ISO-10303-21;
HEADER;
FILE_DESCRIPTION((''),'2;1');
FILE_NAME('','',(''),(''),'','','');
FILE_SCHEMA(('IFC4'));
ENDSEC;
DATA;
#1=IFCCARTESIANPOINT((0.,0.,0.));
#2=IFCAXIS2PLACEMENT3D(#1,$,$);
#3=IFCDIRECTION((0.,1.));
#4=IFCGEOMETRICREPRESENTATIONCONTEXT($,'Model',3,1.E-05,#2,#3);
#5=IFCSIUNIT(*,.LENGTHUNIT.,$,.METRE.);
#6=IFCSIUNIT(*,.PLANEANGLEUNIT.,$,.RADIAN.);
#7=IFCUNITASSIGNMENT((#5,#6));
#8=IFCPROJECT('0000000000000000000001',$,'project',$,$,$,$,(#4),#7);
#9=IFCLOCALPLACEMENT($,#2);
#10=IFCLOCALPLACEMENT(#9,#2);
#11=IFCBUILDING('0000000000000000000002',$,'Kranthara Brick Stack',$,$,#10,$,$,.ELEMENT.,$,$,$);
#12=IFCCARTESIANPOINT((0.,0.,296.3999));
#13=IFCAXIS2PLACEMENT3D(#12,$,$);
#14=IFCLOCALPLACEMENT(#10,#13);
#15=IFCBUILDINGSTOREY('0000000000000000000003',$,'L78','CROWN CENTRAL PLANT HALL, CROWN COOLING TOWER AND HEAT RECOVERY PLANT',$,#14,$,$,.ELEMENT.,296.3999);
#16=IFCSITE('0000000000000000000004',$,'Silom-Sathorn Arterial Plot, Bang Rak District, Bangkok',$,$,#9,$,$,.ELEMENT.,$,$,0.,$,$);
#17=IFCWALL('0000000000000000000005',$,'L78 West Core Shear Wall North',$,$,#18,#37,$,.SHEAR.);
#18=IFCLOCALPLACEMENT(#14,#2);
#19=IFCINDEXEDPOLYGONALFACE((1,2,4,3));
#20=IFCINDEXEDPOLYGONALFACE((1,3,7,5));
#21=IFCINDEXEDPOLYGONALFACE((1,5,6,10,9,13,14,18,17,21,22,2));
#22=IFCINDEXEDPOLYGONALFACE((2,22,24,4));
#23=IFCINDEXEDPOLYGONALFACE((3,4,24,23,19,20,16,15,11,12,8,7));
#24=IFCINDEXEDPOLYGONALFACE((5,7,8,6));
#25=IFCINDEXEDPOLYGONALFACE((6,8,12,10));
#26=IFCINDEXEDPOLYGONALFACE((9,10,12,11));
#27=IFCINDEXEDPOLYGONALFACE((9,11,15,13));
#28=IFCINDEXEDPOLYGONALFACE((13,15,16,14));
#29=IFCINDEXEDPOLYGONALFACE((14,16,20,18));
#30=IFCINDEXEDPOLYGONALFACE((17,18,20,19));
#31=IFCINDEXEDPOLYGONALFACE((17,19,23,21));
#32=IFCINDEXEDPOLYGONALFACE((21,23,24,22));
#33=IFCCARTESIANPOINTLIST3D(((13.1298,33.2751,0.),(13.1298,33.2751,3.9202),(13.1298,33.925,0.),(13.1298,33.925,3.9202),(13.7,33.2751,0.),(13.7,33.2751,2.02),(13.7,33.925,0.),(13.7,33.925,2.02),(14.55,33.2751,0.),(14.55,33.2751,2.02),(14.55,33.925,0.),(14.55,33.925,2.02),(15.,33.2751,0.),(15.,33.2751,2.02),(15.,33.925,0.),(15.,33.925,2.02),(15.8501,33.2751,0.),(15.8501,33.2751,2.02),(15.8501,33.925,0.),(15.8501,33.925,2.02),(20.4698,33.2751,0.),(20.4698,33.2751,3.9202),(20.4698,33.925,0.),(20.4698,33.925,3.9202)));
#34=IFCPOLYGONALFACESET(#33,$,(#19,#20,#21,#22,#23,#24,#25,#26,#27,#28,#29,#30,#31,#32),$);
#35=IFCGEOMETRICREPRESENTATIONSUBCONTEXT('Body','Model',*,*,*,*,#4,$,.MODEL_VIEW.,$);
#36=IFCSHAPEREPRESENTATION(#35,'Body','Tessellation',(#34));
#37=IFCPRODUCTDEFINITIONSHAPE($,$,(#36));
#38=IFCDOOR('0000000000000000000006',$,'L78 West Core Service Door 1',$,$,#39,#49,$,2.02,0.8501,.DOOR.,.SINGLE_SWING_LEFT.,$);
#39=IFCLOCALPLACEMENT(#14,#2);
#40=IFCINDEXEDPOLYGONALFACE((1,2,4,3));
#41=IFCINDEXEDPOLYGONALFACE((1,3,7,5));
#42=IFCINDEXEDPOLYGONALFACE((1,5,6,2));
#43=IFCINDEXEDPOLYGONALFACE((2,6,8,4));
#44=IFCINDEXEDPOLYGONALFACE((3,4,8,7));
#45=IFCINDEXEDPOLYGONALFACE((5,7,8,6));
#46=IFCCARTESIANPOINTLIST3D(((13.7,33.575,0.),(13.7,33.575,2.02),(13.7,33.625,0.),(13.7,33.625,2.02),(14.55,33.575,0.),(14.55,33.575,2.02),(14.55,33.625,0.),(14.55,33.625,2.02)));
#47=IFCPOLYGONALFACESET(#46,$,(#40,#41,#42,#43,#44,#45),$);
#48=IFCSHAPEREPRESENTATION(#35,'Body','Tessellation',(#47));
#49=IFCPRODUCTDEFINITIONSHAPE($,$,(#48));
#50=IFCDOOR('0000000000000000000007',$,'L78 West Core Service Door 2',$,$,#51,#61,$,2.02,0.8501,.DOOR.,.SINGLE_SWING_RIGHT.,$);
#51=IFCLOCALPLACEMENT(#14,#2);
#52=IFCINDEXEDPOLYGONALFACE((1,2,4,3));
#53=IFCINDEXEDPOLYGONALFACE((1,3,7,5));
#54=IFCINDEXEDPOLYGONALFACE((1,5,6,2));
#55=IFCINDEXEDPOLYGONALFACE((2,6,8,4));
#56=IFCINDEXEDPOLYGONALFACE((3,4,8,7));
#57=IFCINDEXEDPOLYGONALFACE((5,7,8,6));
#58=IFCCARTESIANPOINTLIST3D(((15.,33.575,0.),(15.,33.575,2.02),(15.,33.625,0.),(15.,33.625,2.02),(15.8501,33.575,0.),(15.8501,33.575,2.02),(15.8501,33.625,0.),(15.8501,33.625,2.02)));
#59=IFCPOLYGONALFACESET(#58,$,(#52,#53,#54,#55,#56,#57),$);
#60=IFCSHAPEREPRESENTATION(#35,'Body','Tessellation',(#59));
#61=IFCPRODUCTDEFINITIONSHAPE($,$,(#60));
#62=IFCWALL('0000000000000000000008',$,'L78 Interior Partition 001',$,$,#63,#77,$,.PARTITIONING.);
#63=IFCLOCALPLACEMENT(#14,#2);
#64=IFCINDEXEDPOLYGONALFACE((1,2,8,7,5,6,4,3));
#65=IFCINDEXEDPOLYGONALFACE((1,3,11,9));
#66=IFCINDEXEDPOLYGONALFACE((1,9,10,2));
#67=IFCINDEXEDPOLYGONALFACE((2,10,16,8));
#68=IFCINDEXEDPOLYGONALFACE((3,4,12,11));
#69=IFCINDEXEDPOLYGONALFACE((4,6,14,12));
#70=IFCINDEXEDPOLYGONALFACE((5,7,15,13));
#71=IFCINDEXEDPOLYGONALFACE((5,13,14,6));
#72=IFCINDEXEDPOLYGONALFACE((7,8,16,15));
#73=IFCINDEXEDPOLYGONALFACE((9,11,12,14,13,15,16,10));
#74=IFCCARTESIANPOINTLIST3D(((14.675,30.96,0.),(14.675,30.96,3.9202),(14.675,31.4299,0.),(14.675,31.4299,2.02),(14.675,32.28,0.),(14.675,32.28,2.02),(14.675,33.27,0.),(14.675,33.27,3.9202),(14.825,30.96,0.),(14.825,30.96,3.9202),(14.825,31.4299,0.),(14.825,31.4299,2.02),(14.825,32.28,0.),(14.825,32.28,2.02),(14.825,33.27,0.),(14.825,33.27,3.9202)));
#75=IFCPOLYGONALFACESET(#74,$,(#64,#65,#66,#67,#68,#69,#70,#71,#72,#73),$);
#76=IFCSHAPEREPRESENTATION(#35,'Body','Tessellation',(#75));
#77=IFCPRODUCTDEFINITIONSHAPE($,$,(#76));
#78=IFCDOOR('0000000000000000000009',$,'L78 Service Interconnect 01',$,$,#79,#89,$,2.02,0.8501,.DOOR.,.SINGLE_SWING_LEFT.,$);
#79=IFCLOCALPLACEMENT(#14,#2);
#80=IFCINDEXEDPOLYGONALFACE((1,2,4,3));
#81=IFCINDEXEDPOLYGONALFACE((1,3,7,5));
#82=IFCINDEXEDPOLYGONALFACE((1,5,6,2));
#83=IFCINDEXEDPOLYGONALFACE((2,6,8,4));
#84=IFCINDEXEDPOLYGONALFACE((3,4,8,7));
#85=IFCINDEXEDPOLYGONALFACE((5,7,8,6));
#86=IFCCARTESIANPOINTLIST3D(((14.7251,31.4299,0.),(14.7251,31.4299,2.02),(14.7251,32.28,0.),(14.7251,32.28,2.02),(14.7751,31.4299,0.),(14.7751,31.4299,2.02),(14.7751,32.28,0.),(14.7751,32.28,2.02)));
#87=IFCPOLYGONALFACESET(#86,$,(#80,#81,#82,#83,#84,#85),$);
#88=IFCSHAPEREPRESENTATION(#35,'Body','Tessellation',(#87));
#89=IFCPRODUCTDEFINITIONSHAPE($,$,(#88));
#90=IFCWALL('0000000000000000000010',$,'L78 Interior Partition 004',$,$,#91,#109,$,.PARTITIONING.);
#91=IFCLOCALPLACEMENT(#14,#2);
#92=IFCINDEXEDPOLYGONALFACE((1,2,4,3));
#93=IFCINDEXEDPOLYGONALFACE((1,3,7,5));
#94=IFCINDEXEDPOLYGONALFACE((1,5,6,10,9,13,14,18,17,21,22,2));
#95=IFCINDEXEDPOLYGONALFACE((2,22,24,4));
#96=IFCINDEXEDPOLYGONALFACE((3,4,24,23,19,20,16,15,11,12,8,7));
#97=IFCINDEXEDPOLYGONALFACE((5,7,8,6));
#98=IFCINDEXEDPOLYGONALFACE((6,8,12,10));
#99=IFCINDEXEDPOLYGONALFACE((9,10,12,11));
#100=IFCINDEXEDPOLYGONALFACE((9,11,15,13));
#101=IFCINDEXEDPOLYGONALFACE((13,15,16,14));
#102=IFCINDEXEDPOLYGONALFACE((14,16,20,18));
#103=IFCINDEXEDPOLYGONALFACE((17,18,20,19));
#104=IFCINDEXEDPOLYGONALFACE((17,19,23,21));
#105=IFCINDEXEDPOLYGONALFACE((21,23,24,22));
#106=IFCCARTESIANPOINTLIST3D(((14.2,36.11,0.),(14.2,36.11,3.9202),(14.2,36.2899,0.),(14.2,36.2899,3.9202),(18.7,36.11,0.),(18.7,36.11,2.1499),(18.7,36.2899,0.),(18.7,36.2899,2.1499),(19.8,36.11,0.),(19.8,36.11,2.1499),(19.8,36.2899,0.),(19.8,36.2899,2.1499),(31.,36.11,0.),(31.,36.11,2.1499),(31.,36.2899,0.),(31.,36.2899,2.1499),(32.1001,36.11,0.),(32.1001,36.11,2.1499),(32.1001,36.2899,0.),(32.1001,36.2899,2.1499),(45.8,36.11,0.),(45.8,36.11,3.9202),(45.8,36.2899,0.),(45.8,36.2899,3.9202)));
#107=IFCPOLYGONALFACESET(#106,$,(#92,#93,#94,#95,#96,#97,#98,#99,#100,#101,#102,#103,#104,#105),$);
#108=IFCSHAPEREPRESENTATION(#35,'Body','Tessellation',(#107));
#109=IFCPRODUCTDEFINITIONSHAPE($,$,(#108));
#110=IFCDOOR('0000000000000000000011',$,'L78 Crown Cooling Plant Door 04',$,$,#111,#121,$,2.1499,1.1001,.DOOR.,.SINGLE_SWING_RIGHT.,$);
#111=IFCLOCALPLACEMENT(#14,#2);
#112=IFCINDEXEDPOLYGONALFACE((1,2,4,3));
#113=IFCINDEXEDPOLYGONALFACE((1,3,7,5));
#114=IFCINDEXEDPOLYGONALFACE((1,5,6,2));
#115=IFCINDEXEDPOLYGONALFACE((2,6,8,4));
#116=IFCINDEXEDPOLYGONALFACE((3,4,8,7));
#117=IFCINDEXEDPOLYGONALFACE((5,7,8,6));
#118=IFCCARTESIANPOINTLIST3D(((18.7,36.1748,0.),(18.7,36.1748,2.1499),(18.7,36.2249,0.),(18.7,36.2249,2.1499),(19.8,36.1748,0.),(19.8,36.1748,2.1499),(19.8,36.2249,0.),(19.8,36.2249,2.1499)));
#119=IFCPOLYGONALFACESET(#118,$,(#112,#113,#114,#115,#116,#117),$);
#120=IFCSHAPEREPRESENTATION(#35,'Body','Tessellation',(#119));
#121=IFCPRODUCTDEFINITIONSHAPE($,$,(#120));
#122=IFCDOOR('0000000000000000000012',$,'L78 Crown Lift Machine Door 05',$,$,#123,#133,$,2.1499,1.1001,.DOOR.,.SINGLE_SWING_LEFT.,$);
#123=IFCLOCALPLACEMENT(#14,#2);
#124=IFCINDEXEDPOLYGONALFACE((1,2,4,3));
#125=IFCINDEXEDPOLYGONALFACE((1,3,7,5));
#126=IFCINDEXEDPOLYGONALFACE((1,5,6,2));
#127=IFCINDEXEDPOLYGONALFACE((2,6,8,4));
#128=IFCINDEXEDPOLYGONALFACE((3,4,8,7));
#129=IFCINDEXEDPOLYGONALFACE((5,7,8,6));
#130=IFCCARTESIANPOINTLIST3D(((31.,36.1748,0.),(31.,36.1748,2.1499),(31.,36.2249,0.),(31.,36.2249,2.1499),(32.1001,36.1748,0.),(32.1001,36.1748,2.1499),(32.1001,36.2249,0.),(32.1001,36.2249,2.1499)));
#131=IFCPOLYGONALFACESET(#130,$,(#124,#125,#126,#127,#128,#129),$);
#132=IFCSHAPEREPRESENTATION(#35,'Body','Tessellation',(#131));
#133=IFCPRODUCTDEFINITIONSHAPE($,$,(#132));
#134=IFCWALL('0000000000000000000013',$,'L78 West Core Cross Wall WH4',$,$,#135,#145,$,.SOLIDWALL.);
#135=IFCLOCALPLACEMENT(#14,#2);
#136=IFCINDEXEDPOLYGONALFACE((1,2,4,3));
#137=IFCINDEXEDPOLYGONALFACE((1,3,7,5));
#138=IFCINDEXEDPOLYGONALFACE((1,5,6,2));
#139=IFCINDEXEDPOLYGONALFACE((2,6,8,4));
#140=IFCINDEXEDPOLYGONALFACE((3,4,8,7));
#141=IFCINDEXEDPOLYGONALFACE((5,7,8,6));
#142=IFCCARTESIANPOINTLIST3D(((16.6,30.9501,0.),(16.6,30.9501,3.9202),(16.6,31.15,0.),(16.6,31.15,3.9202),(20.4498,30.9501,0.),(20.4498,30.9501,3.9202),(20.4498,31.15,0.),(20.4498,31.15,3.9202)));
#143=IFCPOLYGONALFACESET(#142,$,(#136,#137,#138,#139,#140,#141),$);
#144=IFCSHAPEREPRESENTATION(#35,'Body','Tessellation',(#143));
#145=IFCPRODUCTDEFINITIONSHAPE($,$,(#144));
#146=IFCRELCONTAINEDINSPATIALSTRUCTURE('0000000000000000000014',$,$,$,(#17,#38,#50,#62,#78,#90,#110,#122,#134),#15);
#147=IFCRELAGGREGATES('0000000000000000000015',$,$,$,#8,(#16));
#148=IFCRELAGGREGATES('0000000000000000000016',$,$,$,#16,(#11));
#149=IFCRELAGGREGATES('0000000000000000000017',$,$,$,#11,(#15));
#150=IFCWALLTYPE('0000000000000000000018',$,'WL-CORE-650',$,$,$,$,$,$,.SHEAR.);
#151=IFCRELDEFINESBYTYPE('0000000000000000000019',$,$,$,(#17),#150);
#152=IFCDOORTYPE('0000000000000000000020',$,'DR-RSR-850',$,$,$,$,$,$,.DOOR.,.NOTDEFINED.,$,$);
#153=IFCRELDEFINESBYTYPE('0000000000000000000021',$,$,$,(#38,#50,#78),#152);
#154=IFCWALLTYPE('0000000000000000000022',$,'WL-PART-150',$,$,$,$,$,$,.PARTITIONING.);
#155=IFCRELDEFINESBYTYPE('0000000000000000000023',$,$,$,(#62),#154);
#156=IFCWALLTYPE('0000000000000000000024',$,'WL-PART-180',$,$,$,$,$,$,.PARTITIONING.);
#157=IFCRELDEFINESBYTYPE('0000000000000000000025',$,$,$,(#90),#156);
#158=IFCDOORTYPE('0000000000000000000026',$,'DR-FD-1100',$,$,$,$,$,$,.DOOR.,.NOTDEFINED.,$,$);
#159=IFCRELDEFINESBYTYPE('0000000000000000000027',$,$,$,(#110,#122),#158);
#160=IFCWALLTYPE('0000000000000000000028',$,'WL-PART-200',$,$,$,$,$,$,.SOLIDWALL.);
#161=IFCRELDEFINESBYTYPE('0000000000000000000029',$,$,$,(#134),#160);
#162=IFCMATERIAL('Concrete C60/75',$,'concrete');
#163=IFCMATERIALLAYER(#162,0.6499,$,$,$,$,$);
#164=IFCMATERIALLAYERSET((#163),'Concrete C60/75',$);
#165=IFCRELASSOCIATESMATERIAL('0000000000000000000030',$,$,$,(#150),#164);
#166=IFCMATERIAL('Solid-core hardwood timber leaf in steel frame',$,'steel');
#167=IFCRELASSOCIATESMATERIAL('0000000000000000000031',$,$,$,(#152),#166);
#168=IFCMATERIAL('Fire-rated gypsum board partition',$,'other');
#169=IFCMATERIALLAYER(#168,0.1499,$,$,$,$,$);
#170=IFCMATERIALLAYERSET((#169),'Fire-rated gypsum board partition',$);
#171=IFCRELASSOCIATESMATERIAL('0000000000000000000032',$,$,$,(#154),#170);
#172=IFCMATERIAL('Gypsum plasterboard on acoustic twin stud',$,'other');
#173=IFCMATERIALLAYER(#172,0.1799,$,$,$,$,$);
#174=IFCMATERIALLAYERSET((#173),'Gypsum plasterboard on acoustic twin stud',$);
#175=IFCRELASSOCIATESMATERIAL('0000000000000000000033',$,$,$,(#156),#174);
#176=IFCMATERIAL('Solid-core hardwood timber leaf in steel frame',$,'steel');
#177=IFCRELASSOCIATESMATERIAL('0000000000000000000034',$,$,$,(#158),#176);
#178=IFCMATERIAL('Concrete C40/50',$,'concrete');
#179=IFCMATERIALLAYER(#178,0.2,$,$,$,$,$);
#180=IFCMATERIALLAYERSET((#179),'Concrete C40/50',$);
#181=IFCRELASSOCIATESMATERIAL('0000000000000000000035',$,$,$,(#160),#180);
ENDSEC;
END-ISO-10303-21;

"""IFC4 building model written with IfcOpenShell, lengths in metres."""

from ifc_helpers import new_model, si_unit, direction, frame, frame_2d, origin, place, context, subcontext, project, spatial, rectangle, extrude, material, layer, layer_set, type_object, element, fill, save


model = new_model("IFC4")

# Units and contexts
model_context = context("Model", 3, precision=1e-05, world=origin(), true_north=direction((0.0, 1.0)))
body_context = subcontext(model_context, "Body", "Model", "MODEL_VIEW")
ifc_project = project(units=[si_unit("LENGTHUNIT", "METRE"), si_unit("PLANEANGLEUNIT", "RADIAN")], contexts=[model_context])

# Site, building, storey
site_placement = place(None, origin())
site = spatial("IfcSite", under=ifc_project, at=site_placement, Name="Silom-Sathorn Arterial Plot, Bang Rak District, Bangkok", CompositionType="ELEMENT", RefElevation=0.0)
building_placement = place(site_placement, origin())
building = spatial("IfcBuilding", under=site, at=building_placement, Name="Kranthara Brick Stack", CompositionType="ELEMENT")
storey_placement = place(building_placement, frame((0.0, 0.0, 296.3999)))
storey = spatial("IfcBuildingStorey", under=building, at=storey_placement, Name="L78", Description="CROWN CENTRAL PLANT HALL, CROWN COOLING TOWER AND HEAT RECOVERY PLANT", CompositionType="ELEMENT", Elevation=296.3999)

# Wall, openings, doors
ifc_material_1 = material(Name="Concrete C60/75", Category="concrete")
ifc_layer_1 = layer(ifc_material_1, 0.6499)
ifc_layer_set_1 = layer_set([ifc_layer_1], Name="Concrete C60/75")
wall_type_1 = type_object("IfcWallType", Name="WL-CORE-650", PredefinedType="SHEAR", material=ifc_layer_set_1)
wall_1_placement = place(storey_placement, frame((13.1299, 33.6001, 0.0), z_axis=(0.0, 0.0, 1.0), x_axis=(1.0, 0.0, 0.0)))
wall_1 = element("IfcWall", 1, at=wall_1_placement, inside=storey, type_object=wall_type_1, Name="L78 West Core Shear Wall North", PredefinedType="SHEAR", context=body_context, shape_type="SweptSolid", body=[
    extrude(rectangle(XDim=7.3401, YDim=0.6499, at=frame_2d((3.6699, 0.0))), origin(), (0.0, 0.0, 1.0), 3.9202),
])
opening_1_placement = place(wall_1_placement, frame((0.5701, 0.0, 0.0)))
opening_1 = element("IfcOpeningElement", 2, at=opening_1_placement, cuts=wall_1, PredefinedType="OPENING", context=body_context, shape_type="SweptSolid", body=[
    extrude(rectangle(XDim=0.8501, YDim=2.02, at=frame_2d((0.425, 1.01))), frame((0.0, 0.335, 0.0), z_axis=(0.0, -1.0, 0.0), x_axis=(1.0, 0.0, 0.0)), (0.0, 0.0, 1.0), 0.6699),
])
opening_2_placement = place(wall_1_placement, frame((1.8701, 0.0, 0.0)))
opening_2 = element("IfcOpeningElement", 3, at=opening_2_placement, cuts=wall_1, PredefinedType="OPENING", context=body_context, shape_type="SweptSolid", body=[
    extrude(rectangle(XDim=0.8501, YDim=2.02, at=frame_2d((0.425, 1.01))), frame((0.0, 0.335, 0.0), z_axis=(0.0, -1.0, 0.0), x_axis=(1.0, 0.0, 0.0)), (0.0, 0.0, 1.0), 0.6699),
])
ifc_material_2 = material(Name="Solid-core hardwood timber leaf in steel frame", Category="steel")
door_type_1 = type_object("IfcDoorType", Name="DR-RSR-850", OperationType="NOTDEFINED", PredefinedType="DOOR", material=ifc_material_2)
door_1_placement = place(opening_1_placement, origin())
door_1 = element("IfcDoor", 4, at=door_1_placement, inside=storey, type_object=door_type_1, Name="L78 West Core Service Door 1", OperationType="SINGLE_SWING_LEFT", OverallHeight=2.02, OverallWidth=0.8501, PredefinedType="DOOR", context=body_context, shape_type="SweptSolid", body=[
    extrude(rectangle(XDim=0.8501, YDim=2.02, at=frame_2d((0.425, 1.01))), frame((0.0, 0.0249, 0.0), z_axis=(0.0, -1.0, 0.0), x_axis=(1.0, 0.0, 0.0)), (0.0, 0.0, 1.0), 0.05),
])
fill(opening_1, door_1)
door_2_placement = place(opening_2_placement, origin())
door_2 = element("IfcDoor", 5, at=door_2_placement, inside=storey, type_object=door_type_1, Name="L78 West Core Service Door 2", OperationType="SINGLE_SWING_RIGHT", OverallHeight=2.02, OverallWidth=0.8501, PredefinedType="DOOR", context=body_context, shape_type="SweptSolid", body=[
    extrude(rectangle(XDim=0.8501, YDim=2.02, at=frame_2d((0.425, 1.01))), frame((0.0, 0.0249, 0.0), z_axis=(0.0, -1.0, 0.0), x_axis=(1.0, 0.0, 0.0)), (0.0, 0.0, 1.0), 0.05),
])
fill(opening_2, door_2)

# Wall, opening, door
ifc_material_3 = material(Name="Fire-rated gypsum board partition", Category="other")
ifc_layer_2 = layer(ifc_material_3, 0.1499)
ifc_layer_set_2 = layer_set([ifc_layer_2], Name="Fire-rated gypsum board partition")
wall_type_2 = type_object("IfcWallType", Name="WL-PART-150", PredefinedType="PARTITIONING", material=ifc_layer_set_2)
wall_2_placement = place(storey_placement, frame((14.75, 30.96, 0.0), z_axis=(0.0, 0.0, 1.0), x_axis=(0.0, 1.0, 0.0)))
wall_2 = element("IfcWall", 6, at=wall_2_placement, inside=storey, type_object=wall_type_2, Name="L78 Interior Partition 001", PredefinedType="PARTITIONING", context=body_context, shape_type="SweptSolid", body=[
    extrude(rectangle(XDim=2.3101, YDim=0.1499, at=frame_2d((1.155, 0.0))), origin(), (0.0, 0.0, 1.0), 3.9202),
])
opening_3_placement = place(wall_2_placement, frame((0.47, 0.0, 0.0)))
opening_3 = element("IfcOpeningElement", 7, at=opening_3_placement, cuts=wall_2, PredefinedType="OPENING", context=body_context, shape_type="SweptSolid", body=[
    extrude(rectangle(XDim=0.8501, YDim=2.02, at=frame_2d((0.425, 1.01))), frame((0.0, 0.085, 0.0), z_axis=(0.0, -1.0, 0.0), x_axis=(1.0, 0.0, 0.0)), (0.0, 0.0, 1.0), 0.1699),
])
door_3_placement = place(opening_3_placement, origin())
door_3 = element("IfcDoor", 8, at=door_3_placement, inside=storey, type_object=door_type_1, Name="L78 Service Interconnect 01", OperationType="SINGLE_SWING_LEFT", OverallHeight=2.02, OverallWidth=0.8501, PredefinedType="DOOR", context=body_context, shape_type="SweptSolid", body=[
    extrude(rectangle(XDim=0.8501, YDim=2.02, at=frame_2d((0.425, 1.01))), frame((0.0, 0.0249, 0.0), z_axis=(0.0, -1.0, 0.0), x_axis=(1.0, 0.0, 0.0)), (0.0, 0.0, 1.0), 0.05),
])
fill(opening_3, door_3)

# Wall, openings, doors
ifc_material_4 = material(Name="Gypsum plasterboard on acoustic twin stud", Category="other")
ifc_layer_3 = layer(ifc_material_4, 0.1799)
ifc_layer_set_3 = layer_set([ifc_layer_3], Name="Gypsum plasterboard on acoustic twin stud")
wall_type_3 = type_object("IfcWallType", Name="WL-PART-180", PredefinedType="PARTITIONING", material=ifc_layer_set_3)
wall_3_placement = place(storey_placement, frame((14.2, 36.2, 0.0), z_axis=(0.0, 0.0, 1.0), x_axis=(1.0, 0.0, 0.0)))
wall_3 = element("IfcWall", 9, at=wall_3_placement, inside=storey, type_object=wall_type_3, Name="L78 Interior Partition 004", PredefinedType="PARTITIONING", context=body_context, shape_type="SweptSolid", body=[
    extrude(rectangle(XDim=31.6001, YDim=0.1799, at=frame_2d((15.8, 0.0))), origin(), (0.0, 0.0, 1.0), 3.9202),
])
opening_4_placement = place(wall_3_placement, frame((4.5, 0.0, 0.0)))
opening_4 = element("IfcOpeningElement", 10, at=opening_4_placement, cuts=wall_3, PredefinedType="OPENING", context=body_context, shape_type="SweptSolid", body=[
    extrude(rectangle(XDim=1.1001, YDim=2.1499, at=frame_2d((0.55, 1.075))), frame((0.0, 0.0999, 0.0), z_axis=(0.0, -1.0, 0.0), x_axis=(1.0, 0.0, 0.0)), (0.0, 0.0, 1.0), 0.2),
])
opening_5_placement = place(wall_3_placement, frame((16.8, 0.0, 0.0)))
opening_5 = element("IfcOpeningElement", 11, at=opening_5_placement, cuts=wall_3, PredefinedType="OPENING", context=body_context, shape_type="SweptSolid", body=[
    extrude(rectangle(XDim=1.1001, YDim=2.1499, at=frame_2d((0.55, 1.075))), frame((0.0, 0.0999, 0.0), z_axis=(0.0, -1.0, 0.0), x_axis=(1.0, 0.0, 0.0)), (0.0, 0.0, 1.0), 0.2),
])
ifc_material_5 = material(Name="Solid-core hardwood timber leaf in steel frame", Category="steel")
door_type_2 = type_object("IfcDoorType", Name="DR-FD-1100", OperationType="NOTDEFINED", PredefinedType="DOOR", material=ifc_material_5)
door_4_placement = place(opening_4_placement, origin())
door_4 = element("IfcDoor", 12, at=door_4_placement, inside=storey, type_object=door_type_2, Name="L78 Crown Cooling Plant Door 04", OperationType="SINGLE_SWING_RIGHT", OverallHeight=2.1499, OverallWidth=1.1001, PredefinedType="DOOR", context=body_context, shape_type="SweptSolid", body=[
    extrude(rectangle(XDim=1.1001, YDim=2.1499, at=frame_2d((0.55, 1.075))), frame((0.0, 0.0249, 0.0), z_axis=(0.0, -1.0, 0.0), x_axis=(1.0, 0.0, 0.0)), (0.0, 0.0, 1.0), 0.05),
])
fill(opening_4, door_4)
door_5_placement = place(opening_5_placement, origin())
door_5 = element("IfcDoor", 13, at=door_5_placement, inside=storey, type_object=door_type_2, Name="L78 Crown Lift Machine Door 05", OperationType="SINGLE_SWING_LEFT", OverallHeight=2.1499, OverallWidth=1.1001, PredefinedType="DOOR", context=body_context, shape_type="SweptSolid", body=[
    extrude(rectangle(XDim=1.1001, YDim=2.1499, at=frame_2d((0.55, 1.075))), frame((0.0, 0.0249, 0.0), z_axis=(0.0, -1.0, 0.0), x_axis=(1.0, 0.0, 0.0)), (0.0, 0.0, 1.0), 0.05),
])
fill(opening_5, door_5)

# Wall
ifc_material_6 = material(Name="Concrete C40/50", Category="concrete")
ifc_layer_4 = layer(ifc_material_6, 0.2)
ifc_layer_set_4 = layer_set([ifc_layer_4], Name="Concrete C40/50")
wall_type_4 = type_object("IfcWallType", Name="WL-PART-200", PredefinedType="SOLIDWALL", material=ifc_layer_set_4)
wall_4_placement = place(storey_placement, frame((16.6001, 31.05, 0.0), z_axis=(0.0, 0.0, 1.0), x_axis=(1.0, 0.0, 0.0)))
element("IfcWall", 14, at=wall_4_placement, inside=storey, type_object=wall_type_4, Name="L78 West Core Cross Wall WH4", PredefinedType="SOLIDWALL", context=body_context, shape_type="SweptSolid", body=[
    extrude(rectangle(XDim=3.8499, YDim=0.2, at=frame_2d((1.9248, 0.0))), origin(), (0.0, 0.0, 1.0), 3.9202),
])

save(model, "model.ifc")
